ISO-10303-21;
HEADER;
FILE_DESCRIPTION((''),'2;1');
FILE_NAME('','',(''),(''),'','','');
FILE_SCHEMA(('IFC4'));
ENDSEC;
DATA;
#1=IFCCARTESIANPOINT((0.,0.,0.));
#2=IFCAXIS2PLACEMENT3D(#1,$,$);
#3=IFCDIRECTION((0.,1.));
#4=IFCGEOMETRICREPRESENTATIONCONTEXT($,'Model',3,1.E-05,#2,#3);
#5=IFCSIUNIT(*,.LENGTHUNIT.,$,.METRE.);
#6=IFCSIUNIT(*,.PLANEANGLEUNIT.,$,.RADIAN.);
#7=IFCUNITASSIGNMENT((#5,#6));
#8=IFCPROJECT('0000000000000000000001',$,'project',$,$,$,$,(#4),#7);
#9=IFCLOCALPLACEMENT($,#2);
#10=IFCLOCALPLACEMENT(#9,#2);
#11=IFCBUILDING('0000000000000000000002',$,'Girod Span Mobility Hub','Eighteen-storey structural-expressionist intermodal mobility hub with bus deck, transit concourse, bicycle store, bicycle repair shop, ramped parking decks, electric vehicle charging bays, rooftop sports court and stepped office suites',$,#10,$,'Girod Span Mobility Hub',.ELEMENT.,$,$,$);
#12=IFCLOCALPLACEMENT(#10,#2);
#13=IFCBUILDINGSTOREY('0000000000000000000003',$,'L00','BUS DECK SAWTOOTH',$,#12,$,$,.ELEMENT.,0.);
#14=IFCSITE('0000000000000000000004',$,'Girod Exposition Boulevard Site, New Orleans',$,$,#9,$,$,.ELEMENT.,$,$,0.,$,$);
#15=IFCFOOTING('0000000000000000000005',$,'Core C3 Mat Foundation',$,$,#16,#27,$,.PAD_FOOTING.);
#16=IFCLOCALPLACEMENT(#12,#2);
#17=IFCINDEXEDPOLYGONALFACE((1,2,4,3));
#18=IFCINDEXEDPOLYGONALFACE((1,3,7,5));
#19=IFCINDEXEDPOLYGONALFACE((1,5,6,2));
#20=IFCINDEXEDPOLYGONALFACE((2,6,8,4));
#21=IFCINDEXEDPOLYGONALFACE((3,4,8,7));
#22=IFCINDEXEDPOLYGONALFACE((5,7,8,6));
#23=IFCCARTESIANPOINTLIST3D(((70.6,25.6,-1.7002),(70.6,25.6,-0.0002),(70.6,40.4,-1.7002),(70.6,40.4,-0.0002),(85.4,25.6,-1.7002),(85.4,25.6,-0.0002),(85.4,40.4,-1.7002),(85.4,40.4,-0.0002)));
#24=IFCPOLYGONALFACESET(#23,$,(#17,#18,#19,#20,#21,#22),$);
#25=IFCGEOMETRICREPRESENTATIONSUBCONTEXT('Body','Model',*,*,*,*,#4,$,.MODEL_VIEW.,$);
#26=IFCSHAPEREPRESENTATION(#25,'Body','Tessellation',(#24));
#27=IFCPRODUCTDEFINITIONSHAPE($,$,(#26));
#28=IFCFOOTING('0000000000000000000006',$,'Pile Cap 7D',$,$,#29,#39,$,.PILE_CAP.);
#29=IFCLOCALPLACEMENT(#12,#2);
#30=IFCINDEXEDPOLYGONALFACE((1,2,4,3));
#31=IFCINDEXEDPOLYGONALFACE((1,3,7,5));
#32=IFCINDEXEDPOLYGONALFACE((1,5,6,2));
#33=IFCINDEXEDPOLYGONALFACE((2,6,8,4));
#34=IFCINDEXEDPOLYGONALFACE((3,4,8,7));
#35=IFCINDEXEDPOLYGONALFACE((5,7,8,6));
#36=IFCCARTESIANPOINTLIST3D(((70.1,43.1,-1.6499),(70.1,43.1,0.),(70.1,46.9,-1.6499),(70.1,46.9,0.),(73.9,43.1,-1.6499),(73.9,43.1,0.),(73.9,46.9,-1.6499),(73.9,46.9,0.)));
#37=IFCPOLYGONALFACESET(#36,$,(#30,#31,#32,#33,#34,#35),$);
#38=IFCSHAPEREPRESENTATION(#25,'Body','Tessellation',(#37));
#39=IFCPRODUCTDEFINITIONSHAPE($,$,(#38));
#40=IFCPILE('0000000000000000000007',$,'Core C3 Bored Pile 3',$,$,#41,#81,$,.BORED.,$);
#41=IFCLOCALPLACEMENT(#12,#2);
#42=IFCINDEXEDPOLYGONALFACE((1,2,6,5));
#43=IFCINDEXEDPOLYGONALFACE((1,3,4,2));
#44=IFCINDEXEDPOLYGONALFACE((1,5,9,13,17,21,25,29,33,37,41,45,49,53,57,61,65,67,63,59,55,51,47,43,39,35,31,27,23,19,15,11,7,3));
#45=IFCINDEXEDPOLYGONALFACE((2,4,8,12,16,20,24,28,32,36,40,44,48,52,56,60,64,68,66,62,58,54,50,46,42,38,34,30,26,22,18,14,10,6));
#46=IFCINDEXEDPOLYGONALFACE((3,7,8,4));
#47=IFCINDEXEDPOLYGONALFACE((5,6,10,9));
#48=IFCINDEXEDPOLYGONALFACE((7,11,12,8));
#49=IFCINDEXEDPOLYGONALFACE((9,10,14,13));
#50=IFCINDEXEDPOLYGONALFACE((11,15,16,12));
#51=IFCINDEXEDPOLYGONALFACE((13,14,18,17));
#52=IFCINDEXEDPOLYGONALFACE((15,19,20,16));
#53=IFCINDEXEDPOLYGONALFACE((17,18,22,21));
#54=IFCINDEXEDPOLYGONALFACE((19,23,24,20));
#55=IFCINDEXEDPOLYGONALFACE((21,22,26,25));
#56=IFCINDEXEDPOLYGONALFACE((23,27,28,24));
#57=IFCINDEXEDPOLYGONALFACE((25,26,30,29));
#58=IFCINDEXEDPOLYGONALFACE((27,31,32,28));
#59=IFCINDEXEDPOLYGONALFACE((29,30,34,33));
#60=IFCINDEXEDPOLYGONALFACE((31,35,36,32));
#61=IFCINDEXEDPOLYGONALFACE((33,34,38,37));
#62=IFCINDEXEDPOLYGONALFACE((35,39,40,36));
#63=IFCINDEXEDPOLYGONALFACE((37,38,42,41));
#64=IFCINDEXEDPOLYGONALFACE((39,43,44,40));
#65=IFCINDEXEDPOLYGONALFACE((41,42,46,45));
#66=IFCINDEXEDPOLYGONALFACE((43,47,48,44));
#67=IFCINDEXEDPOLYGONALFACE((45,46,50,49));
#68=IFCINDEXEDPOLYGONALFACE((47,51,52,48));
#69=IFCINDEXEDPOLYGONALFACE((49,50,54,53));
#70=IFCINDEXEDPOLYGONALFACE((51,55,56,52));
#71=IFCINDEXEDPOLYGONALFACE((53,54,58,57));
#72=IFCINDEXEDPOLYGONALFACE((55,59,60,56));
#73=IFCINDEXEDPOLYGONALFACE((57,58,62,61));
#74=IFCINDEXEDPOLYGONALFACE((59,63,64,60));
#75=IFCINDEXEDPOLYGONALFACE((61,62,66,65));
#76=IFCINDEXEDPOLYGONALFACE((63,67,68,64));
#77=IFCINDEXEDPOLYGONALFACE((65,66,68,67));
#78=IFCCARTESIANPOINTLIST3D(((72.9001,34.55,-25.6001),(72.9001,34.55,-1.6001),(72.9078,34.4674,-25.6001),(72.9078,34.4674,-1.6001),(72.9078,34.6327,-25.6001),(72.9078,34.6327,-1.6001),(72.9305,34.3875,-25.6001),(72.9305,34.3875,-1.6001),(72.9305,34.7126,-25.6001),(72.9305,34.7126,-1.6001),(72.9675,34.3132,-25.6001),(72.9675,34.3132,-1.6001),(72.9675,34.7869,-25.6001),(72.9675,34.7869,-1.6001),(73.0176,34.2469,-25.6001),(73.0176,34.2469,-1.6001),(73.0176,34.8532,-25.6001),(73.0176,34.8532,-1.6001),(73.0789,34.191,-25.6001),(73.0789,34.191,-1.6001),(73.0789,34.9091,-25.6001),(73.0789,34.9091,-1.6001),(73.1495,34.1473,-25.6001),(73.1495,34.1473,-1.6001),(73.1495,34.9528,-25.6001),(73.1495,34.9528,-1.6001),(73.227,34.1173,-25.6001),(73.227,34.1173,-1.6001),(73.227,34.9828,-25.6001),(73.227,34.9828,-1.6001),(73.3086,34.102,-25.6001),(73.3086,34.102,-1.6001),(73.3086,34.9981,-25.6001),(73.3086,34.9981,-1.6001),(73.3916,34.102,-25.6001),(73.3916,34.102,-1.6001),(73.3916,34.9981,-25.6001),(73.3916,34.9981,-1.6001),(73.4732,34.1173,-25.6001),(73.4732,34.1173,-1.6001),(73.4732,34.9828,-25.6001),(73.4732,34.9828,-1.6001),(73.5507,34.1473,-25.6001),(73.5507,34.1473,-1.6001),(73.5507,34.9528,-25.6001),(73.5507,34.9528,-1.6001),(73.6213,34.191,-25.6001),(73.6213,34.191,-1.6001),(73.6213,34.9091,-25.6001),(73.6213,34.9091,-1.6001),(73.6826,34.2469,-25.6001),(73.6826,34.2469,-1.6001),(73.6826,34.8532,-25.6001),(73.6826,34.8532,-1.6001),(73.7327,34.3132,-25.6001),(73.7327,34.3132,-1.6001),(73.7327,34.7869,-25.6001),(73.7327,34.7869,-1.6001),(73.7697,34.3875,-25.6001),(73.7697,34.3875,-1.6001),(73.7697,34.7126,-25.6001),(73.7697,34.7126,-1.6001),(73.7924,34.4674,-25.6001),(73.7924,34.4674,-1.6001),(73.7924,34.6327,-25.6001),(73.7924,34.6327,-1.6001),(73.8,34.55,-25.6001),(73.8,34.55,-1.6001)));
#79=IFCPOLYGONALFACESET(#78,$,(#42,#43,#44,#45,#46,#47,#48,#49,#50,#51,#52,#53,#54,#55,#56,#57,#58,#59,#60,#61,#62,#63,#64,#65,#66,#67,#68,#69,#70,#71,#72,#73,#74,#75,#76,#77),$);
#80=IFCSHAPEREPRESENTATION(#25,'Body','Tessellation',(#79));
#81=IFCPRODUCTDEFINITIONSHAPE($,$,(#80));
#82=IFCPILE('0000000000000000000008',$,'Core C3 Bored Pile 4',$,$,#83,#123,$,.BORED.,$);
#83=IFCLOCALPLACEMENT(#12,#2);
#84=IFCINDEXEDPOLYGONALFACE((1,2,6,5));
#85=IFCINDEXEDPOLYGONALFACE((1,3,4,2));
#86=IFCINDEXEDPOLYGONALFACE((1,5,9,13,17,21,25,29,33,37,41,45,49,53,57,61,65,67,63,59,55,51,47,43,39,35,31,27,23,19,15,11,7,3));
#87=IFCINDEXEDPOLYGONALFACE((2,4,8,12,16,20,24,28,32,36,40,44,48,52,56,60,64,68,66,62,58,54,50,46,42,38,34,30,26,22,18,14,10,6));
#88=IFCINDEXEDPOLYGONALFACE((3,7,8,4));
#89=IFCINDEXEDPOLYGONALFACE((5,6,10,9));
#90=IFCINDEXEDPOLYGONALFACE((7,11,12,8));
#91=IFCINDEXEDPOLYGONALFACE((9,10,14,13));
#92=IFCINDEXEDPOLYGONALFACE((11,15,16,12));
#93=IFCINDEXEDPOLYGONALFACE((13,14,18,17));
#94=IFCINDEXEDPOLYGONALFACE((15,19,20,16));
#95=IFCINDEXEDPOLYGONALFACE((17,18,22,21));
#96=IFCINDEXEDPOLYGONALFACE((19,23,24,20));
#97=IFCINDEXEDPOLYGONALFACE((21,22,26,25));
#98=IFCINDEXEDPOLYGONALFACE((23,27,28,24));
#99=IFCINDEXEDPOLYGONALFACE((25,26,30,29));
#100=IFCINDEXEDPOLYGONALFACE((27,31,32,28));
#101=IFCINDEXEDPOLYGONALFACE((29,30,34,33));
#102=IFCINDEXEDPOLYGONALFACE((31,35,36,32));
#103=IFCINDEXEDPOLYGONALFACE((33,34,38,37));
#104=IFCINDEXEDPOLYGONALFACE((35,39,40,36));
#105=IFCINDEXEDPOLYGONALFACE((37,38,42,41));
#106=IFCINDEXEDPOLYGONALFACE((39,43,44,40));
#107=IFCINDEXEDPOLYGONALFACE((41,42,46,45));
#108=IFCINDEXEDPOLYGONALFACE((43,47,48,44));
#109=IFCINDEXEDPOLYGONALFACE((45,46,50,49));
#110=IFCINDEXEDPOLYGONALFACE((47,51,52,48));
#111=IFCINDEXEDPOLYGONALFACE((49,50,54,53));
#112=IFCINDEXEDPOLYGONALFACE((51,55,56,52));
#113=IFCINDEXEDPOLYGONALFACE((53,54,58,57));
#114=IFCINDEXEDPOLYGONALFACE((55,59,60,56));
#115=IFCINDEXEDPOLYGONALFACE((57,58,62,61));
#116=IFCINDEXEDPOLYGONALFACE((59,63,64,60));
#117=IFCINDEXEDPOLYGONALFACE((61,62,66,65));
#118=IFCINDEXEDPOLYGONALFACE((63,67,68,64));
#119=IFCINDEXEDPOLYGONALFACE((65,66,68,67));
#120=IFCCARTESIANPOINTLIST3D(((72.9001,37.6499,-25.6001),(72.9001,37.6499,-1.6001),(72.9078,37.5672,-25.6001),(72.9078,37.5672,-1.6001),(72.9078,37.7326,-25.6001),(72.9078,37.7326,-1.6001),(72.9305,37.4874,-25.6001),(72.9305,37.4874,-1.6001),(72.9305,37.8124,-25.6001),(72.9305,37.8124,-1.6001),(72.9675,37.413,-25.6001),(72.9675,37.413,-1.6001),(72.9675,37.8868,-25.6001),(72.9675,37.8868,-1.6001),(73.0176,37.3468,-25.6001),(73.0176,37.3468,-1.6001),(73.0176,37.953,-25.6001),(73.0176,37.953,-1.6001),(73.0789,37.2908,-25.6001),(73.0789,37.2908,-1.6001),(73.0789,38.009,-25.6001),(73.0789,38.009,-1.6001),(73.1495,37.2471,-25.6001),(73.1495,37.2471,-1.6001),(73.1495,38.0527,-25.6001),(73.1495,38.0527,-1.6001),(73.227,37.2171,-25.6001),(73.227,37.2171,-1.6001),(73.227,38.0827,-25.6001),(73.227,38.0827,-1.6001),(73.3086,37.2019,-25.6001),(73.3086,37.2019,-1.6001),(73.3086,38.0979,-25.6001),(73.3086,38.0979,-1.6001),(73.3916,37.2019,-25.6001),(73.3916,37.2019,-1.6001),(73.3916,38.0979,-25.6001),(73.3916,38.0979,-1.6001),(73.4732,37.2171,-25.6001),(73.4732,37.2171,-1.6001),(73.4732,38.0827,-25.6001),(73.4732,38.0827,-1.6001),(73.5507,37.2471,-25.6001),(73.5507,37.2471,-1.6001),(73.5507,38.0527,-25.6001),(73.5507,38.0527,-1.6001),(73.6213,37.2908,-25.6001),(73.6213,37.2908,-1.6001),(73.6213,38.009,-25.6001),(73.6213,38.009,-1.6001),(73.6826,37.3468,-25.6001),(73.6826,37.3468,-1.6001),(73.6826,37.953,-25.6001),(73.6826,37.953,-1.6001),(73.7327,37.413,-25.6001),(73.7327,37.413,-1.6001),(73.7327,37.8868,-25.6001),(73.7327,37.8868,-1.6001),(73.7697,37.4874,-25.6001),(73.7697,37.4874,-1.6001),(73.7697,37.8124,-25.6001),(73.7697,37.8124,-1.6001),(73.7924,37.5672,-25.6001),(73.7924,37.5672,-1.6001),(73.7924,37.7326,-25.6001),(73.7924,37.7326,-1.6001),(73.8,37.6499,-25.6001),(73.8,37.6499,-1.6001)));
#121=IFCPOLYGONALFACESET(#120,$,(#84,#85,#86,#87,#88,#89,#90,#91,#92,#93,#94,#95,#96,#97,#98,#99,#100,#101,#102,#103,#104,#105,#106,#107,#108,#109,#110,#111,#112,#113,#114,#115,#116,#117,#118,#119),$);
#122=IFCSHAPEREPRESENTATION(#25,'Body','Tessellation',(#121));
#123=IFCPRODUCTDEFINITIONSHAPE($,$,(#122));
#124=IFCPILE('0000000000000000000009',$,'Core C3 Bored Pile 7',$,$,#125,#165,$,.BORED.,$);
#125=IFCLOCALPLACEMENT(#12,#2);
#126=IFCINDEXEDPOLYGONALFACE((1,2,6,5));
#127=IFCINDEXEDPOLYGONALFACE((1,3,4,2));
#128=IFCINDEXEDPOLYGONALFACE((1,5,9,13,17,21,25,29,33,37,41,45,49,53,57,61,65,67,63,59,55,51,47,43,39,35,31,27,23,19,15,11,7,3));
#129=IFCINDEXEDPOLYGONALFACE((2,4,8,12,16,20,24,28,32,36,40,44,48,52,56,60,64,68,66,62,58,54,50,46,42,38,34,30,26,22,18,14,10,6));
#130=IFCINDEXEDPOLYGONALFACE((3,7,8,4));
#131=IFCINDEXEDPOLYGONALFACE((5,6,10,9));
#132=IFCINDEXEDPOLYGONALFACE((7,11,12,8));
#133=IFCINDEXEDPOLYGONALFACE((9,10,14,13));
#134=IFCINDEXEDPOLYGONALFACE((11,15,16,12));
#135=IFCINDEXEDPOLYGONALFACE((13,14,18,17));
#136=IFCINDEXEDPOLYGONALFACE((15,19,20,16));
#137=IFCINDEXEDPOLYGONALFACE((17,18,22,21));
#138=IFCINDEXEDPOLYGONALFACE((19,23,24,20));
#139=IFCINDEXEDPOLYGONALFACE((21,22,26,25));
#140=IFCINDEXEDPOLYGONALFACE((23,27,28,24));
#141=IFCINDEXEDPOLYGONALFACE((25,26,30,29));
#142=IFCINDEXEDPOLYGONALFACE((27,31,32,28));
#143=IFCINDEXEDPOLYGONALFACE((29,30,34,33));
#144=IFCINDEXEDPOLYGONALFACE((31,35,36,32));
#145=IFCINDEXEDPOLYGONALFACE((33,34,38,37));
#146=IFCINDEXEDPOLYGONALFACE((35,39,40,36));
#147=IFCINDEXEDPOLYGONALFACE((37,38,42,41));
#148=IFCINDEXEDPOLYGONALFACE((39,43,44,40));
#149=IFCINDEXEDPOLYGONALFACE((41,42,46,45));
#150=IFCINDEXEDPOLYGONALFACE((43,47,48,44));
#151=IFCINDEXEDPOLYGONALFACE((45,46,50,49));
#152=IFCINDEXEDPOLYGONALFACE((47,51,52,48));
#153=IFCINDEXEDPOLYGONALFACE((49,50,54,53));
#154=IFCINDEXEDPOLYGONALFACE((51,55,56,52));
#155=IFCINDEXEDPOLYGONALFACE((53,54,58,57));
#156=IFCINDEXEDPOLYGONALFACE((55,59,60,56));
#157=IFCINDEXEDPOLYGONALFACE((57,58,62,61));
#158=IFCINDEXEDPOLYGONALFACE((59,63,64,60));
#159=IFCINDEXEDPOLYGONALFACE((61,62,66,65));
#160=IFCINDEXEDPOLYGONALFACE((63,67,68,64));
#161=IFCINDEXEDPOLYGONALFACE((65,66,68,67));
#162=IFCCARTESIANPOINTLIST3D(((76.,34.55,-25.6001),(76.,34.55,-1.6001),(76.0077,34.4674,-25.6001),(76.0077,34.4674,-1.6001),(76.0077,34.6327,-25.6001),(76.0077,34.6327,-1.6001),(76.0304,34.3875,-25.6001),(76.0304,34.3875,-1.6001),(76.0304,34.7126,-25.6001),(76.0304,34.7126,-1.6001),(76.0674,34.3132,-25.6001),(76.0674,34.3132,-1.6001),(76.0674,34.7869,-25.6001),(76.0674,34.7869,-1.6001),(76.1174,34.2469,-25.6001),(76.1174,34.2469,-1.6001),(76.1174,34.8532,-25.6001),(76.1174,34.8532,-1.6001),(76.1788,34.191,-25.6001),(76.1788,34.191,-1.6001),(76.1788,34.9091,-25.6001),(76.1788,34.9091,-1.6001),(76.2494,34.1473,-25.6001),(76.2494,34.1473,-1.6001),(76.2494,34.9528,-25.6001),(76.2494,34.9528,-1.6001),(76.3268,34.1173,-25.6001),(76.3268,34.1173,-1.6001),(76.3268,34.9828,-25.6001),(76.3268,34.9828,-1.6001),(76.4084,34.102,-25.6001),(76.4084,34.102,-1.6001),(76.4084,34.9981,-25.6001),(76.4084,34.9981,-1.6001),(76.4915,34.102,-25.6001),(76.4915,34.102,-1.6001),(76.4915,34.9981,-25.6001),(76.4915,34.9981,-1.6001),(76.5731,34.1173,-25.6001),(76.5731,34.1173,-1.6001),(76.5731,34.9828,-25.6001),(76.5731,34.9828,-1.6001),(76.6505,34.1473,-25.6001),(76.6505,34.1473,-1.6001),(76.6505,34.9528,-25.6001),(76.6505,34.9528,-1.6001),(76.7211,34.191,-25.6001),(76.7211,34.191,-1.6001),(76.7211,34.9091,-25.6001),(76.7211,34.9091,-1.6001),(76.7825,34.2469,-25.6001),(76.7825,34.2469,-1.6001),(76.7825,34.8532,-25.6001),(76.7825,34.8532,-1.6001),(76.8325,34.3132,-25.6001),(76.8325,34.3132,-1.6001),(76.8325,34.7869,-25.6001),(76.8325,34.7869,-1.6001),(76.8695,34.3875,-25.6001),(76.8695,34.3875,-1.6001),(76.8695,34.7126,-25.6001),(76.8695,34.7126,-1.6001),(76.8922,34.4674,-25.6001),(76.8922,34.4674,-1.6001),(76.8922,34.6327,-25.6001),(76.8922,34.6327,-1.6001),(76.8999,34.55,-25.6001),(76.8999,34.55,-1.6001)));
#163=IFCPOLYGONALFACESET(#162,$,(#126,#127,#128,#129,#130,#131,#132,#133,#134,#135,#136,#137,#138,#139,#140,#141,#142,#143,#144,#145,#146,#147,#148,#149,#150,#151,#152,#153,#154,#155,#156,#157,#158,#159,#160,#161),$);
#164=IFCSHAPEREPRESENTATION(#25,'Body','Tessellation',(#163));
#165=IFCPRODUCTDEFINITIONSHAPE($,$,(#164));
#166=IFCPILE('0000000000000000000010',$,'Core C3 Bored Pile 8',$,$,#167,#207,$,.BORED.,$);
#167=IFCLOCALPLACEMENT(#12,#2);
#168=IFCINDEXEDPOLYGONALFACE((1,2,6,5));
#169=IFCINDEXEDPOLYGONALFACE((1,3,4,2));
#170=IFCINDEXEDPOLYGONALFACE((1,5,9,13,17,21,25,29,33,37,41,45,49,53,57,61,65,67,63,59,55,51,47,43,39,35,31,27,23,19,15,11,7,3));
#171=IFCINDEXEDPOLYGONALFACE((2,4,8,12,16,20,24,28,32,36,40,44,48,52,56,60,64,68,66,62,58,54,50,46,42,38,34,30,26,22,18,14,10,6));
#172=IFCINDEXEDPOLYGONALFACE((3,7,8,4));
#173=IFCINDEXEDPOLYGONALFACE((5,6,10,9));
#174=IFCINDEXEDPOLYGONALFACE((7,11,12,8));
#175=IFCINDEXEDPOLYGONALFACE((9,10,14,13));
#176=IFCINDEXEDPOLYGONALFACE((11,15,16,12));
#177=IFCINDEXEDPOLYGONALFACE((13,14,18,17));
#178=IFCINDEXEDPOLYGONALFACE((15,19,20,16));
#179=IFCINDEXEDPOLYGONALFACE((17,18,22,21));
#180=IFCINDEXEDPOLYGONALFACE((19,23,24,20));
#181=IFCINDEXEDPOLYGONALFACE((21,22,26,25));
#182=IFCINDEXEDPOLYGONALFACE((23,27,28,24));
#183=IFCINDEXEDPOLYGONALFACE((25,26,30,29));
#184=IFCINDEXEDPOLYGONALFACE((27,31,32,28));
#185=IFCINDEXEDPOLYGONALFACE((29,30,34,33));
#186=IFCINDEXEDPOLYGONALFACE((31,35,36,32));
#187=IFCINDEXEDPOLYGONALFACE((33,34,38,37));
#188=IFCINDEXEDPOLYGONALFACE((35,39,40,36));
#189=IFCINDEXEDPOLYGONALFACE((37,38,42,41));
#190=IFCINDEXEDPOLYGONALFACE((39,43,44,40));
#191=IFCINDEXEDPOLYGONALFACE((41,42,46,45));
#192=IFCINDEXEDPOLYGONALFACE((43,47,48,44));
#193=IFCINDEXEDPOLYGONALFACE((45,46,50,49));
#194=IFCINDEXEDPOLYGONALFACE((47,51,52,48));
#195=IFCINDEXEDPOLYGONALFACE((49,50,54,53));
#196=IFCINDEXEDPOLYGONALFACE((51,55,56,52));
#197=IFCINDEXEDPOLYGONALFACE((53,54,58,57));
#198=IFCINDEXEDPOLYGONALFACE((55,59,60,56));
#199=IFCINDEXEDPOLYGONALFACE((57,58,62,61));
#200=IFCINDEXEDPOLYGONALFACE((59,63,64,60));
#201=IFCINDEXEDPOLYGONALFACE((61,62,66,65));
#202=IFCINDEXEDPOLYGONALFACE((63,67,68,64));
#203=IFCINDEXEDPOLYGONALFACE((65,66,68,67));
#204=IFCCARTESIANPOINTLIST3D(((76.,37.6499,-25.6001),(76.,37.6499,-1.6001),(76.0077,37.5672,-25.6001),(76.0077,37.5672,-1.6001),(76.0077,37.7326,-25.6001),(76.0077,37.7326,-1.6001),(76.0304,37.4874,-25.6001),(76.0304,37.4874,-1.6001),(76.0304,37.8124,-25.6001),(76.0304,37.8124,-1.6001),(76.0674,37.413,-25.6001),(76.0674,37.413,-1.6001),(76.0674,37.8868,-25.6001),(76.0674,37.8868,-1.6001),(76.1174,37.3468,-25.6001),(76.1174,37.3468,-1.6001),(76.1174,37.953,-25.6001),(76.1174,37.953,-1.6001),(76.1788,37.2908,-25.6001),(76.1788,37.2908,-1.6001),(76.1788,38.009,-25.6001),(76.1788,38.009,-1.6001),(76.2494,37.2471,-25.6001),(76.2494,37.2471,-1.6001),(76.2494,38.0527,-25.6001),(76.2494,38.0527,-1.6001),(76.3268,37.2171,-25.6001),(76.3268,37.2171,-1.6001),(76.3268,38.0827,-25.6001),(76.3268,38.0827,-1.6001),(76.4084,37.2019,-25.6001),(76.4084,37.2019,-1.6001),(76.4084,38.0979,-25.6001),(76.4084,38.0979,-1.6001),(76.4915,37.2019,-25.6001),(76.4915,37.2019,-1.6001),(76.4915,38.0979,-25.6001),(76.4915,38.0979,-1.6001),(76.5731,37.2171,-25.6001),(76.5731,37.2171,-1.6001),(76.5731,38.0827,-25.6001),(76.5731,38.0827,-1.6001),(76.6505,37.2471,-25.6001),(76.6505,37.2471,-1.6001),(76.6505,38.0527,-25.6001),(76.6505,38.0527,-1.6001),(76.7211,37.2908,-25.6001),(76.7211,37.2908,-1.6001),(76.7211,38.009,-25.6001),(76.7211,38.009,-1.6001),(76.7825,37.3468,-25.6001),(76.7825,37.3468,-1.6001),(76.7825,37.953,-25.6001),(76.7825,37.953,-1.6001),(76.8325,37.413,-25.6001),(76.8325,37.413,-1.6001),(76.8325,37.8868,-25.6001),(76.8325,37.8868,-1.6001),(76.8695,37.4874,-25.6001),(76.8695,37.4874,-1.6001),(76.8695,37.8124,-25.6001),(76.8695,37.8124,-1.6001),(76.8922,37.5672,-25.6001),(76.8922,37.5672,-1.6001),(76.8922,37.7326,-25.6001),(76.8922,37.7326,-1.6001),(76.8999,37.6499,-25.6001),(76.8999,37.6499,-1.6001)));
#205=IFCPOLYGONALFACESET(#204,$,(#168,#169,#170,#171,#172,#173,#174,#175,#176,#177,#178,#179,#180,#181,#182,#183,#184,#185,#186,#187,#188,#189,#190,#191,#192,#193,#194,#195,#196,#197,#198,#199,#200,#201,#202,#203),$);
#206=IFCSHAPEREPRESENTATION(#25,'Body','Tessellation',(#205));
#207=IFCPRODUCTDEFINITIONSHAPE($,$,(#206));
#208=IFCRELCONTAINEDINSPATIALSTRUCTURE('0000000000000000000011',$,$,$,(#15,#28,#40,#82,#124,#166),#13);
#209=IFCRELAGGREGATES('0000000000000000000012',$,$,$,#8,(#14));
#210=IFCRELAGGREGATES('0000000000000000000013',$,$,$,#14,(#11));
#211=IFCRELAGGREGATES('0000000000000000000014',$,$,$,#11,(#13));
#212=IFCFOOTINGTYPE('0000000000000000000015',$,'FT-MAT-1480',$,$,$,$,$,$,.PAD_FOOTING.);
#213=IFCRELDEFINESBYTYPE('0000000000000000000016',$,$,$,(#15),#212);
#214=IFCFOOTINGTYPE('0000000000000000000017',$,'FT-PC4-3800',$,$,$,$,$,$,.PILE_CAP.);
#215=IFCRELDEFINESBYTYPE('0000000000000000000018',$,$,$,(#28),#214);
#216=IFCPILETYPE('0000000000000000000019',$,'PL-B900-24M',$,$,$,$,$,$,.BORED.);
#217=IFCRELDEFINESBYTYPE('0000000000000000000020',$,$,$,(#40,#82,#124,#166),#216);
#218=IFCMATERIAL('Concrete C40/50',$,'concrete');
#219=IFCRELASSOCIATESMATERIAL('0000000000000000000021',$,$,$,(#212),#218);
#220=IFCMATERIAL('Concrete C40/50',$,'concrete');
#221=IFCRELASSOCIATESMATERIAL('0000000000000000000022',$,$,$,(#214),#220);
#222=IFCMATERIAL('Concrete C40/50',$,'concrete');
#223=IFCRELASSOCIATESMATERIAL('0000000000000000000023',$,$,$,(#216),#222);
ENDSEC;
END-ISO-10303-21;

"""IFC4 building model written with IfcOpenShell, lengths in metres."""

from ifc_helpers import new_model, si_unit, direction, frame, origin, origin_2d, place, context, subcontext, project, spatial, rectangle, circle, extrude, material, material_profile, profile_set, type_object, element, save


model = new_model("IFC4")

# Units and contexts
model_context = context("Model", 3, precision=1e-05, world=origin(), true_north=direction((0.0, 1.0)))
body_context = subcontext(model_context, "Body", "Model", "MODEL_VIEW")
ifc_project = project(units=[si_unit("LENGTHUNIT", "METRE"), si_unit("PLANEANGLEUNIT", "RADIAN")], contexts=[model_context])

# Site, building, storey
site_placement = place(None, origin())
site = spatial("IfcSite", under=ifc_project, at=site_placement, Name="Girod Exposition Boulevard Site, New Orleans", CompositionType="ELEMENT", RefElevation=0.0)
building_placement = place(site_placement, origin())
building = spatial("IfcBuilding", under=site, at=building_placement, Name="Girod Span Mobility Hub", Description="Eighteen-storey structural-expressionist intermodal mobility hub with bus deck, transit concourse, bicycle store, bicycle repair shop, ramped parking decks, electric vehicle charging bays, rooftop sports court and stepped office suites", LongName="Girod Span Mobility Hub", CompositionType="ELEMENT")
storey_placement = place(building_placement, origin())
storey = spatial("IfcBuildingStorey", under=building, at=storey_placement, Name="L00", Description="BUS DECK SAWTOOTH", CompositionType="ELEMENT", Elevation=0.0)

# Footings
ifc_material_1 = material(Name="Concrete C40/50", Category="concrete")
footing_type_1 = type_object("IfcFootingType", Name="FT-MAT-1480", PredefinedType="PAD_FOOTING", material=ifc_material_1)
footing_1_placement = place(storey_placement, frame((78.0, 33.0, -1.7002), z_axis=(0.0, 0.0, 1.0), x_axis=(1.0, 0.0, 0.0)))
element("IfcFooting", 1, at=footing_1_placement, inside=storey, type_object=footing_type_1, Name="Core C3 Mat Foundation", PredefinedType="PAD_FOOTING", context=body_context, shape_type="SweptSolid", body=[
    extrude(rectangle(XDim=14.8, YDim=14.8, at=origin_2d()), origin(), (0.0, 0.0, 1.0), 1.7),
])
ifc_material_2 = material(Name="Concrete C40/50", Category="concrete")
footing_type_2 = type_object("IfcFootingType", Name="FT-PC4-3800", PredefinedType="PILE_CAP", material=ifc_material_2)
footing_2_placement = place(storey_placement, frame((72.0, 45.0, -1.6499), z_axis=(0.0, 0.0, 1.0), x_axis=(1.0, 0.0, 0.0)))
element("IfcFooting", 2, at=footing_2_placement, inside=storey, type_object=footing_type_2, Name="Pile Cap 7D", PredefinedType="PILE_CAP", context=body_context, shape_type="SweptSolid", body=[
    extrude(rectangle(XDim=3.8, YDim=3.8, at=origin_2d()), origin(), (0.0, 0.0, 1.0), 1.6499),
])

# Piles
ifc_material_3 = material(Name="Concrete C40/50", Category="concrete")
ifc_material_profile_1 = material_profile(ifc_material_3, circle(Radius=0.45, at=origin_2d()), Name="PILE-D900")
ifc_profile_set_1 = profile_set([ifc_material_profile_1], Name="Concrete C40/50")
pile_type_1 = type_object("IfcPileType", Name="PL-B900-24M", PredefinedType="BORED", material=ifc_profile_set_1)
for number, where, z_axis, x_axis, name in (
    (3, (73.3501, 34.55, -1.6001), (0.0, 0.0, -1.0), (1.0, 0.0, 0.0), "Core C3 Bored Pile 3"),
    (4, (73.3501, 37.6499, -1.6001), (0.0, 0.0, -1.0), (1.0, 0.0, 0.0), "Core C3 Bored Pile 4"),
    (5, (76.45, 34.55, -1.6001), (0.0, 0.0, -1.0), (1.0, 0.0, 0.0), "Core C3 Bored Pile 7"),
    (6, (76.45, 37.6499, -1.6001), (0.0, 0.0, -1.0), (1.0, 0.0, 0.0), "Core C3 Bored Pile 8"),
):
    element("IfcPile", number, at=place(storey_placement, frame(where, z_axis=z_axis, x_axis=x_axis)), inside=storey, type_object=pile_type_1, Name=name, PredefinedType="BORED", context=body_context, shape_type="SweptSolid", body=[
        extrude(circle(Radius=0.45, at=origin_2d()), origin(), (0.0, 0.0, 1.0), 24.0),
    ])

save(model, "model.ifc")
